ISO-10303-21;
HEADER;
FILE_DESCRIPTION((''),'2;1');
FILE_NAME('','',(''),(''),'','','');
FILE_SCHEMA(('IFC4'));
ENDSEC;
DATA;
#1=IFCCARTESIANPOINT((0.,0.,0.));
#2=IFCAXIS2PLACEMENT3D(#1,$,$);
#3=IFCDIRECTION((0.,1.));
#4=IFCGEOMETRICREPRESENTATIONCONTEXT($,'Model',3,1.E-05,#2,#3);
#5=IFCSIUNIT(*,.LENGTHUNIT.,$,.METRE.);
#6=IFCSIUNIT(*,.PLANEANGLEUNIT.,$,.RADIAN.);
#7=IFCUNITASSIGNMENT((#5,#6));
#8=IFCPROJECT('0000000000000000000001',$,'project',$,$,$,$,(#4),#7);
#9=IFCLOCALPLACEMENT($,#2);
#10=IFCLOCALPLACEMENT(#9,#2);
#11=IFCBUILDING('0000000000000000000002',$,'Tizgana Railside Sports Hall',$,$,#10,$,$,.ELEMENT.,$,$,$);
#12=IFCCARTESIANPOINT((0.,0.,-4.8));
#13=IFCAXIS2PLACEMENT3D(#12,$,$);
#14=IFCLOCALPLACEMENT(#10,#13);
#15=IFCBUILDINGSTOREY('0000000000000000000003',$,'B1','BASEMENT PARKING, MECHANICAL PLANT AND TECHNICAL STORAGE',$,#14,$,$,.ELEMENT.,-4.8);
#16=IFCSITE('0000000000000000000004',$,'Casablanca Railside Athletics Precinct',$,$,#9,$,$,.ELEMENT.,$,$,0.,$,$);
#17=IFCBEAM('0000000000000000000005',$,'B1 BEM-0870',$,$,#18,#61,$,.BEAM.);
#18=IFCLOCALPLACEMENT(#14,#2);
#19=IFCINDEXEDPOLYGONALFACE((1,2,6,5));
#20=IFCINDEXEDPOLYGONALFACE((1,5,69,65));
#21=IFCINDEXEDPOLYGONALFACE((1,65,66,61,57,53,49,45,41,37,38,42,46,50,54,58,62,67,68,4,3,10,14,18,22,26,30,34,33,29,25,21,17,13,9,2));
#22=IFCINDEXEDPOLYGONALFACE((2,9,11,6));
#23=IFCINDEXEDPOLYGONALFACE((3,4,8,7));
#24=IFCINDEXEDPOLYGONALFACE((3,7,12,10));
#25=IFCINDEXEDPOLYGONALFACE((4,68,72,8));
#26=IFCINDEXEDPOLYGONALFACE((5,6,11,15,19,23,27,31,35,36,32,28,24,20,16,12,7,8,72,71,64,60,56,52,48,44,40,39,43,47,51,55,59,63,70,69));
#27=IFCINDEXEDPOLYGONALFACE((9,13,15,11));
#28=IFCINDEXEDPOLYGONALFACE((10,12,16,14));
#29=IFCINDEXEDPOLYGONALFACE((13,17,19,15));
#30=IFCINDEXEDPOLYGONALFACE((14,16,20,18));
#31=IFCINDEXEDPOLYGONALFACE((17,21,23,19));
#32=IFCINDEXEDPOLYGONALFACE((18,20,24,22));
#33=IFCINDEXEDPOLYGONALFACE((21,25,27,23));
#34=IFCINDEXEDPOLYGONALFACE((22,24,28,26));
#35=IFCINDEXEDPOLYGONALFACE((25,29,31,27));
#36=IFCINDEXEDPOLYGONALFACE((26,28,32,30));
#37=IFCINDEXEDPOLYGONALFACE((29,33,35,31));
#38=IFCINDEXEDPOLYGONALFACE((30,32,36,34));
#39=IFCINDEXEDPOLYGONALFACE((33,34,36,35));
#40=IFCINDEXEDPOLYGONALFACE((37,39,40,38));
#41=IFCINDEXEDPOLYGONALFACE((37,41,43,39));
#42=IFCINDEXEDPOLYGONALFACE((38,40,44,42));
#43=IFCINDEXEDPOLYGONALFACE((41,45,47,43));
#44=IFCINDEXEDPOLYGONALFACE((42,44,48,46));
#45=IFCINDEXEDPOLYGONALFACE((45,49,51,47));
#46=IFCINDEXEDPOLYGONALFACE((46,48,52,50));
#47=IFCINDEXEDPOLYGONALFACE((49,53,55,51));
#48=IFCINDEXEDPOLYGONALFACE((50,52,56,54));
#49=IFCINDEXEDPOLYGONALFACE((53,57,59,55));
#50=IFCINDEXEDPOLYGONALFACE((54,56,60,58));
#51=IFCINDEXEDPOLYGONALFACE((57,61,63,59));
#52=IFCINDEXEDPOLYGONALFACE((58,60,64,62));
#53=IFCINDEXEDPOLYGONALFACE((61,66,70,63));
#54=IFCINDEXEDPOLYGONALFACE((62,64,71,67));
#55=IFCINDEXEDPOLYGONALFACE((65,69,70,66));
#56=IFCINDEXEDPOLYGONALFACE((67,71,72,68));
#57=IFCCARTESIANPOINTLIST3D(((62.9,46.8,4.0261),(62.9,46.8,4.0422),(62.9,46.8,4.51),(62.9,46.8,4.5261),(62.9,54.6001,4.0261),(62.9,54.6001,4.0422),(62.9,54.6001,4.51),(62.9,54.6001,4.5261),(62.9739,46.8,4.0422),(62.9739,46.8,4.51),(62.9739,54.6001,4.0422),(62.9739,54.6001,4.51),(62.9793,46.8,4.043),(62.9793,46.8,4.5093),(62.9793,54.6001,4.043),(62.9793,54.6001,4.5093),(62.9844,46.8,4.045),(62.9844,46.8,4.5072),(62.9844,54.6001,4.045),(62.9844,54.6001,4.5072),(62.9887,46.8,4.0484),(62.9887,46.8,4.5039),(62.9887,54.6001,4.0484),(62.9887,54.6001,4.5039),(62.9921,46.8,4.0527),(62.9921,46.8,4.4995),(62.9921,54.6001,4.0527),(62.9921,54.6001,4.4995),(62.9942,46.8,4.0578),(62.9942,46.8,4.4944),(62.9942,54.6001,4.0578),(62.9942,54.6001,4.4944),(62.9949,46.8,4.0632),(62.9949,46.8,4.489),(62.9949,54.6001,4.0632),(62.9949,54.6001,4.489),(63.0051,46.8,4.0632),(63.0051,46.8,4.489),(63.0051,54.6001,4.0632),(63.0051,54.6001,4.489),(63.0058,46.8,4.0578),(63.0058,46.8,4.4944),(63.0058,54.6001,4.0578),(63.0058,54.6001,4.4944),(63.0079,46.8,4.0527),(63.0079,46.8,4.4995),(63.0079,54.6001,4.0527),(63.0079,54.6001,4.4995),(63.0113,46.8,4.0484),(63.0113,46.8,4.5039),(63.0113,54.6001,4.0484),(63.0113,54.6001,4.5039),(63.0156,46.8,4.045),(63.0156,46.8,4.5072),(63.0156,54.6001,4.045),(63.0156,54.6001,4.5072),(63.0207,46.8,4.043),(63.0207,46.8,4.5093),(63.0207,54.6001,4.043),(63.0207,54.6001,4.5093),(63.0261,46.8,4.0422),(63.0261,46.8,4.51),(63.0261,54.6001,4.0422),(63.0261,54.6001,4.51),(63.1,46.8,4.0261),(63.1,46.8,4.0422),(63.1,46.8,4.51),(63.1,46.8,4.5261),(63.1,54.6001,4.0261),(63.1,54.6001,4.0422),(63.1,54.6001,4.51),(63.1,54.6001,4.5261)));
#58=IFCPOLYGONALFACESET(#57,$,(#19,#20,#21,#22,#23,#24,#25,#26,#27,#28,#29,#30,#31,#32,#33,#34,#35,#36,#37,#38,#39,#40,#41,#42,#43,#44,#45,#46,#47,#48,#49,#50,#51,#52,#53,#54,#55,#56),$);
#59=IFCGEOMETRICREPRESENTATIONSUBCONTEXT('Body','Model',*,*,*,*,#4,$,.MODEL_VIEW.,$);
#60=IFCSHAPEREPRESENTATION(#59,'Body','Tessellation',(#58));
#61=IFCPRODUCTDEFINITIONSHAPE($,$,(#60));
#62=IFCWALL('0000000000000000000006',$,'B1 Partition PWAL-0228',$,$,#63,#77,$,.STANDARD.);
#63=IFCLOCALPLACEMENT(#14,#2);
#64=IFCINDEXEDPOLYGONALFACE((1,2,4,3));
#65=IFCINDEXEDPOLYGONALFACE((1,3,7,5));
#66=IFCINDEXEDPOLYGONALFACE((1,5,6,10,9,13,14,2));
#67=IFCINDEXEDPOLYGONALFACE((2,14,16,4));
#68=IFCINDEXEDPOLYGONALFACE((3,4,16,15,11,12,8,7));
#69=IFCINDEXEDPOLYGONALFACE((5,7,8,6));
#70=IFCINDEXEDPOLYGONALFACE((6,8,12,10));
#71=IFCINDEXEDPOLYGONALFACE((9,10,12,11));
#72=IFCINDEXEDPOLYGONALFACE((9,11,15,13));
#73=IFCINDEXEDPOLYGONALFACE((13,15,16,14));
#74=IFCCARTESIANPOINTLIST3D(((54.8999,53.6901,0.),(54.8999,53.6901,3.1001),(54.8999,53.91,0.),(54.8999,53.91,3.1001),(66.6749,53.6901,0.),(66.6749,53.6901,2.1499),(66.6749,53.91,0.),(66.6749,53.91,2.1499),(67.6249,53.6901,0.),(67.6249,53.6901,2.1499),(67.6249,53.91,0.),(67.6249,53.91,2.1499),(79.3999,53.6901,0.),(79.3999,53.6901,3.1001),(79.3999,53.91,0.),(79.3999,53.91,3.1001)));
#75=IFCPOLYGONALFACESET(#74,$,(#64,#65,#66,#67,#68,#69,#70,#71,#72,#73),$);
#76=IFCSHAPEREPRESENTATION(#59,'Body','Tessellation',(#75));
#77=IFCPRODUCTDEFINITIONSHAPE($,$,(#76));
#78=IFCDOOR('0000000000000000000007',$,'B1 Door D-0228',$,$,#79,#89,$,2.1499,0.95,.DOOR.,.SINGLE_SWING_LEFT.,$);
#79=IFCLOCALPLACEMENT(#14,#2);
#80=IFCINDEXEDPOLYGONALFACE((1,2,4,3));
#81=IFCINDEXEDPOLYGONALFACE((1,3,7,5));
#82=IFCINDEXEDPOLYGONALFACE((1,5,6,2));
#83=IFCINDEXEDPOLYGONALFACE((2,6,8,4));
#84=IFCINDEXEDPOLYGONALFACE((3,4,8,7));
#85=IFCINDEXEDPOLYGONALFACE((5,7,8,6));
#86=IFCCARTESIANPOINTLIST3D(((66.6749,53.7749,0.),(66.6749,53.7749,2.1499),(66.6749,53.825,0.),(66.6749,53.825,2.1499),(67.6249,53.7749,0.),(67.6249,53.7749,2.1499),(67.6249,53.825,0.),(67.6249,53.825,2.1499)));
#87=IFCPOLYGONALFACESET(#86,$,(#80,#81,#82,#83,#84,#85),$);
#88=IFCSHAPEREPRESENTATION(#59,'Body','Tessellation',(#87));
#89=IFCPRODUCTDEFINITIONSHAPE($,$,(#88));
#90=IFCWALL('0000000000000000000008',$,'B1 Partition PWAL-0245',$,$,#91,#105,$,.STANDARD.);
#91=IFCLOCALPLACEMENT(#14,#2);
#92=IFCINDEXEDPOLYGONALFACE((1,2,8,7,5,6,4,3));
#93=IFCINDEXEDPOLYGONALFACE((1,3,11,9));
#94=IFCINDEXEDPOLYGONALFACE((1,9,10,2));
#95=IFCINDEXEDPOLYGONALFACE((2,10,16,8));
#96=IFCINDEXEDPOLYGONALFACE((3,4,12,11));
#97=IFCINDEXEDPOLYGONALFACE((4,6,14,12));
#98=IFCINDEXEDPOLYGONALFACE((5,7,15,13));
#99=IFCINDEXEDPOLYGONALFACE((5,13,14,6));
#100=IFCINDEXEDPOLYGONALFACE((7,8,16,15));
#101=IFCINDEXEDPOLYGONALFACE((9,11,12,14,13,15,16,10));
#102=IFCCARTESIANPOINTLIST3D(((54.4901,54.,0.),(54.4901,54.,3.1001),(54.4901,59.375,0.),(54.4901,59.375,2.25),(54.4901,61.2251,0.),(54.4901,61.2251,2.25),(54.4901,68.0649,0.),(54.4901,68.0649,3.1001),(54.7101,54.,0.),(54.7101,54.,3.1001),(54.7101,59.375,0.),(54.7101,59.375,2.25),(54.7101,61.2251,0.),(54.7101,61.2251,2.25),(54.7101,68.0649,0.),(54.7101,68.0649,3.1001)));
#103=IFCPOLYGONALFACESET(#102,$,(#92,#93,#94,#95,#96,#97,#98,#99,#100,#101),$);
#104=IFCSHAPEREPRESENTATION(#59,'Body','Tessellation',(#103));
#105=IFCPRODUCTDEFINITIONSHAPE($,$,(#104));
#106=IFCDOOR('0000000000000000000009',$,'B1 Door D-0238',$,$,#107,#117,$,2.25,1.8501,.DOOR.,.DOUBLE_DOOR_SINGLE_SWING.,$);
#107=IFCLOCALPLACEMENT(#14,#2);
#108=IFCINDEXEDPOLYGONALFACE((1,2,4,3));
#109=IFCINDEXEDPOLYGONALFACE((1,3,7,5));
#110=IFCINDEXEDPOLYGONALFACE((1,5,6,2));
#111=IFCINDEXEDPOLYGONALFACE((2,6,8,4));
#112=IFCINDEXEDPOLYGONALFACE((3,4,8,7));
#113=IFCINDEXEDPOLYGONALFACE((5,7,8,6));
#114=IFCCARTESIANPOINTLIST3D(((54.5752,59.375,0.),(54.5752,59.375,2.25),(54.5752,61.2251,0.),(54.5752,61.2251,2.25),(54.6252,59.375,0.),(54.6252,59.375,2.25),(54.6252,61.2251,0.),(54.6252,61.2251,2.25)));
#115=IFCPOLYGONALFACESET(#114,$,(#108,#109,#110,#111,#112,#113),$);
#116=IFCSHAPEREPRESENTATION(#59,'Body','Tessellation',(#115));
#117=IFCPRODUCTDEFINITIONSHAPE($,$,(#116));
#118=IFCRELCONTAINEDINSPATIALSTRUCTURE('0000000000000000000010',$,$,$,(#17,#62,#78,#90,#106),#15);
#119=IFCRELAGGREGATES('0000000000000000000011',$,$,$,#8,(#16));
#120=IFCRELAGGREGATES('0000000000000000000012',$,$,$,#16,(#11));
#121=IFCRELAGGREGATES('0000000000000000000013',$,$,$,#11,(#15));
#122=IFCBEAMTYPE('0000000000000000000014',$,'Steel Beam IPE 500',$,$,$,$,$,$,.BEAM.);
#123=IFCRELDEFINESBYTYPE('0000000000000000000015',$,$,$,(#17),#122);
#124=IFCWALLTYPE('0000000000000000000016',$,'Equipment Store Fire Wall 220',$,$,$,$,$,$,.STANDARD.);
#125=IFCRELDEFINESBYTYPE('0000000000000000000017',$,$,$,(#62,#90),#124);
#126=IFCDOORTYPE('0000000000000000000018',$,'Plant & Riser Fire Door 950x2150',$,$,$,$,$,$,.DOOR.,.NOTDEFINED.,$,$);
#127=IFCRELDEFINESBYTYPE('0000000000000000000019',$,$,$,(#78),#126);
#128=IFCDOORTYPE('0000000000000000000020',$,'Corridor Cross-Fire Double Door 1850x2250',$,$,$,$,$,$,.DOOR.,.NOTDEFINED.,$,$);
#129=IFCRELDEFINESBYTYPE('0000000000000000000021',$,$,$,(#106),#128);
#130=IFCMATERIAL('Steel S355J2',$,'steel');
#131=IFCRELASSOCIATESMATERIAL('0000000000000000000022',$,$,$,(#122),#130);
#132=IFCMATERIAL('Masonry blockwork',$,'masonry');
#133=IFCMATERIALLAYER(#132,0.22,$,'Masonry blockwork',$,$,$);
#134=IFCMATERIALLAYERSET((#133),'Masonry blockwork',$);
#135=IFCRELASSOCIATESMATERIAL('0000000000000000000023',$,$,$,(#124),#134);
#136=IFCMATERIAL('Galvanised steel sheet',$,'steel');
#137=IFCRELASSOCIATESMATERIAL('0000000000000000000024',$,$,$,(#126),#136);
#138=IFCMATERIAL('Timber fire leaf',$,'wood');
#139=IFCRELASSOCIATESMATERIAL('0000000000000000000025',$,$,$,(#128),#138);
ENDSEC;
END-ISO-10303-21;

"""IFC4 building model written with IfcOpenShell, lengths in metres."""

from ifc_helpers import new_model, si_unit, direction, frame, frame_2d, origin, origin_2d, place, context, subcontext, project, spatial, rectangle, i_section, extrude, material, layer, layer_set, material_profile, profile_set, type_object, element, fill, save


model = new_model("IFC4")

# Units and contexts
model_context = context("Model", 3, precision=1e-05, world=origin(), true_north=direction((0.0, 1.0)))
body_context = subcontext(model_context, "Body", "Model", "MODEL_VIEW")
ifc_project = project(units=[si_unit("LENGTHUNIT", "METRE"), si_unit("PLANEANGLEUNIT", "RADIAN")], contexts=[model_context])

# Site, building, storey
site_placement = place(None, origin())
site = spatial("IfcSite", under=ifc_project, at=site_placement, Name="Casablanca Railside Athletics Precinct", CompositionType="ELEMENT", RefElevation=0.0)
building_placement = place(site_placement, origin())
building = spatial("IfcBuilding", under=site, at=building_placement, Name="Tizgana Railside Sports Hall", CompositionType="ELEMENT")
storey_placement = place(building_placement, frame((0.0, 0.0, -4.8)))
storey = spatial("IfcBuildingStorey", under=building, at=storey_placement, Name="B1", Description="BASEMENT PARKING, MECHANICAL PLANT AND TECHNICAL STORAGE", CompositionType="ELEMENT", Elevation=-4.8)

# Beam
ifc_material_1 = material(Name="Steel S355J2", Category="steel")
ifc_material_profile_1 = material_profile(ifc_material_1, i_section(OverallWidth=0.2, OverallDepth=0.5, WebThickness=0.0103, FlangeThickness=0.0161, FilletRadius=0.021, at=origin_2d()), Name="IPE 500")
ifc_profile_set_1 = profile_set([ifc_material_profile_1], Name="Steel S355J2")
beam_type_1 = type_object("IfcBeamType", Name="Steel Beam IPE 500", PredefinedType="BEAM", material=ifc_profile_set_1)
beam_1_placement = place(storey_placement, frame((63.0, 46.8, 4.2761), z_axis=(0.0, 1.0, 0.0), x_axis=(-1.0, 0.0, 0.0)))
element("IfcBeam", 1, at=beam_1_placement, inside=storey, type_object=beam_type_1, Name="B1 BEM-0870", PredefinedType="BEAM", context=body_context, shape_type="SweptSolid", body=[
    extrude(i_section(OverallWidth=0.2, OverallDepth=0.5, WebThickness=0.0103, FlangeThickness=0.0161, FilletRadius=0.021, at=origin_2d()), origin(), (0.0, 0.0, 1.0), 7.8),
])

# Walls, openings, doors
ifc_material_2 = material(Name="Masonry blockwork", Category="masonry")
ifc_layer = layer(ifc_material_2, 0.22, Name="Masonry blockwork")
ifc_layer_set = layer_set([ifc_layer], Name="Masonry blockwork")
wall_type = type_object("IfcWallType", Name="Equipment Store Fire Wall 220", PredefinedType="STANDARD", material=ifc_layer_set)
wall_1_placement = place(storey_placement, frame((54.8999, 53.8, 0.0), z_axis=(0.0, 0.0, 1.0), x_axis=(1.0, 0.0, 0.0)))
wall_1 = element("IfcWall", 2, at=wall_1_placement, inside=storey, type_object=wall_type, Name="B1 Partition PWAL-0228", PredefinedType="STANDARD", context=body_context, shape_type="SweptSolid", body=[
    extrude(rectangle(XDim=24.5, YDim=0.22, at=frame_2d((12.25, 0.0))), origin(), (0.0, 0.0, 1.0), 3.1001),
])
opening_1_placement = place(wall_1_placement, frame((11.7749, 0.0, 0.0)))
opening_1 = element("IfcOpeningElement", 3, at=opening_1_placement, cuts=wall_1, PredefinedType="OPENING", context=body_context, shape_type="SweptSolid", body=[
    extrude(rectangle(XDim=0.95, YDim=2.1499, at=frame_2d((0.4751, 1.075))), frame((0.0, 0.1199, 0.0), z_axis=(0.0, -1.0, 0.0), x_axis=(1.0, 0.0, 0.0)), (0.0, 0.0, 1.0), 0.24),
])
ifc_material_3 = material(Name="Galvanised steel sheet", Category="steel")
door_type_1 = type_object("IfcDoorType", Name="Plant & Riser Fire Door 950x2150", OperationType="NOTDEFINED", PredefinedType="DOOR", material=ifc_material_3)
door_1_placement = place(opening_1_placement, origin())
door_1 = element("IfcDoor", 4, at=door_1_placement, inside=storey, type_object=door_type_1, Name="B1 Door D-0228", OperationType="SINGLE_SWING_LEFT", OverallHeight=2.1499, OverallWidth=0.95, PredefinedType="DOOR", context=body_context, shape_type="SweptSolid", body=[
    extrude(rectangle(XDim=0.95, YDim=2.1499, at=frame_2d((0.4751, 1.075))), frame((0.0, 0.0249, 0.0), z_axis=(0.0, -1.0, 0.0), x_axis=(1.0, 0.0, 0.0)), (0.0, 0.0, 1.0), 0.05),
])
fill(opening_1, door_1)
wall_2_placement = place(storey_placement, frame((54.6001, 54.0, 0.0), z_axis=(0.0, 0.0, 1.0), x_axis=(0.0, 1.0, 0.0)))
wall_2 = element("IfcWall", 5, at=wall_2_placement, inside=storey, type_object=wall_type, Name="B1 Partition PWAL-0245", PredefinedType="STANDARD", context=body_context, shape_type="SweptSolid", body=[
    extrude(rectangle(XDim=14.0649, YDim=0.22, at=frame_2d((7.0325, 0.0))), origin(), (0.0, 0.0, 1.0), 3.1001),
])
opening_2_placement = place(wall_2_placement, frame((5.375, 0.0, 0.0)))
opening_2 = element("IfcOpeningElement", 6, at=opening_2_placement, cuts=wall_2, PredefinedType="OPENING", context=body_context, shape_type="SweptSolid", body=[
    extrude(rectangle(XDim=1.8501, YDim=2.25, at=frame_2d((0.925, 1.125))), frame((0.0, 0.1199, 0.0), z_axis=(0.0, -1.0, 0.0), x_axis=(1.0, 0.0, 0.0)), (0.0, 0.0, 1.0), 0.24),
])
ifc_material_4 = material(Name="Timber fire leaf", Category="wood")
door_type_2 = type_object("IfcDoorType", Name="Corridor Cross-Fire Double Door 1850x2250", OperationType="NOTDEFINED", PredefinedType="DOOR", material=ifc_material_4)
door_2_placement = place(opening_2_placement, origin())
door_2 = element("IfcDoor", 7, at=door_2_placement, inside=storey, type_object=door_type_2, Name="B1 Door D-0238", OperationType="DOUBLE_DOOR_SINGLE_SWING", OverallHeight=2.25, OverallWidth=1.8501, PredefinedType="DOOR", context=body_context, shape_type="SweptSolid", body=[
    extrude(rectangle(XDim=1.8501, YDim=2.25, at=frame_2d((0.925, 1.125))), frame((0.0, 0.0249, 0.0), z_axis=(0.0, -1.0, 0.0), x_axis=(1.0, 0.0, 0.0)), (0.0, 0.0, 1.0), 0.05),
])
fill(opening_2, door_2)

save(model, "model.ifc")
